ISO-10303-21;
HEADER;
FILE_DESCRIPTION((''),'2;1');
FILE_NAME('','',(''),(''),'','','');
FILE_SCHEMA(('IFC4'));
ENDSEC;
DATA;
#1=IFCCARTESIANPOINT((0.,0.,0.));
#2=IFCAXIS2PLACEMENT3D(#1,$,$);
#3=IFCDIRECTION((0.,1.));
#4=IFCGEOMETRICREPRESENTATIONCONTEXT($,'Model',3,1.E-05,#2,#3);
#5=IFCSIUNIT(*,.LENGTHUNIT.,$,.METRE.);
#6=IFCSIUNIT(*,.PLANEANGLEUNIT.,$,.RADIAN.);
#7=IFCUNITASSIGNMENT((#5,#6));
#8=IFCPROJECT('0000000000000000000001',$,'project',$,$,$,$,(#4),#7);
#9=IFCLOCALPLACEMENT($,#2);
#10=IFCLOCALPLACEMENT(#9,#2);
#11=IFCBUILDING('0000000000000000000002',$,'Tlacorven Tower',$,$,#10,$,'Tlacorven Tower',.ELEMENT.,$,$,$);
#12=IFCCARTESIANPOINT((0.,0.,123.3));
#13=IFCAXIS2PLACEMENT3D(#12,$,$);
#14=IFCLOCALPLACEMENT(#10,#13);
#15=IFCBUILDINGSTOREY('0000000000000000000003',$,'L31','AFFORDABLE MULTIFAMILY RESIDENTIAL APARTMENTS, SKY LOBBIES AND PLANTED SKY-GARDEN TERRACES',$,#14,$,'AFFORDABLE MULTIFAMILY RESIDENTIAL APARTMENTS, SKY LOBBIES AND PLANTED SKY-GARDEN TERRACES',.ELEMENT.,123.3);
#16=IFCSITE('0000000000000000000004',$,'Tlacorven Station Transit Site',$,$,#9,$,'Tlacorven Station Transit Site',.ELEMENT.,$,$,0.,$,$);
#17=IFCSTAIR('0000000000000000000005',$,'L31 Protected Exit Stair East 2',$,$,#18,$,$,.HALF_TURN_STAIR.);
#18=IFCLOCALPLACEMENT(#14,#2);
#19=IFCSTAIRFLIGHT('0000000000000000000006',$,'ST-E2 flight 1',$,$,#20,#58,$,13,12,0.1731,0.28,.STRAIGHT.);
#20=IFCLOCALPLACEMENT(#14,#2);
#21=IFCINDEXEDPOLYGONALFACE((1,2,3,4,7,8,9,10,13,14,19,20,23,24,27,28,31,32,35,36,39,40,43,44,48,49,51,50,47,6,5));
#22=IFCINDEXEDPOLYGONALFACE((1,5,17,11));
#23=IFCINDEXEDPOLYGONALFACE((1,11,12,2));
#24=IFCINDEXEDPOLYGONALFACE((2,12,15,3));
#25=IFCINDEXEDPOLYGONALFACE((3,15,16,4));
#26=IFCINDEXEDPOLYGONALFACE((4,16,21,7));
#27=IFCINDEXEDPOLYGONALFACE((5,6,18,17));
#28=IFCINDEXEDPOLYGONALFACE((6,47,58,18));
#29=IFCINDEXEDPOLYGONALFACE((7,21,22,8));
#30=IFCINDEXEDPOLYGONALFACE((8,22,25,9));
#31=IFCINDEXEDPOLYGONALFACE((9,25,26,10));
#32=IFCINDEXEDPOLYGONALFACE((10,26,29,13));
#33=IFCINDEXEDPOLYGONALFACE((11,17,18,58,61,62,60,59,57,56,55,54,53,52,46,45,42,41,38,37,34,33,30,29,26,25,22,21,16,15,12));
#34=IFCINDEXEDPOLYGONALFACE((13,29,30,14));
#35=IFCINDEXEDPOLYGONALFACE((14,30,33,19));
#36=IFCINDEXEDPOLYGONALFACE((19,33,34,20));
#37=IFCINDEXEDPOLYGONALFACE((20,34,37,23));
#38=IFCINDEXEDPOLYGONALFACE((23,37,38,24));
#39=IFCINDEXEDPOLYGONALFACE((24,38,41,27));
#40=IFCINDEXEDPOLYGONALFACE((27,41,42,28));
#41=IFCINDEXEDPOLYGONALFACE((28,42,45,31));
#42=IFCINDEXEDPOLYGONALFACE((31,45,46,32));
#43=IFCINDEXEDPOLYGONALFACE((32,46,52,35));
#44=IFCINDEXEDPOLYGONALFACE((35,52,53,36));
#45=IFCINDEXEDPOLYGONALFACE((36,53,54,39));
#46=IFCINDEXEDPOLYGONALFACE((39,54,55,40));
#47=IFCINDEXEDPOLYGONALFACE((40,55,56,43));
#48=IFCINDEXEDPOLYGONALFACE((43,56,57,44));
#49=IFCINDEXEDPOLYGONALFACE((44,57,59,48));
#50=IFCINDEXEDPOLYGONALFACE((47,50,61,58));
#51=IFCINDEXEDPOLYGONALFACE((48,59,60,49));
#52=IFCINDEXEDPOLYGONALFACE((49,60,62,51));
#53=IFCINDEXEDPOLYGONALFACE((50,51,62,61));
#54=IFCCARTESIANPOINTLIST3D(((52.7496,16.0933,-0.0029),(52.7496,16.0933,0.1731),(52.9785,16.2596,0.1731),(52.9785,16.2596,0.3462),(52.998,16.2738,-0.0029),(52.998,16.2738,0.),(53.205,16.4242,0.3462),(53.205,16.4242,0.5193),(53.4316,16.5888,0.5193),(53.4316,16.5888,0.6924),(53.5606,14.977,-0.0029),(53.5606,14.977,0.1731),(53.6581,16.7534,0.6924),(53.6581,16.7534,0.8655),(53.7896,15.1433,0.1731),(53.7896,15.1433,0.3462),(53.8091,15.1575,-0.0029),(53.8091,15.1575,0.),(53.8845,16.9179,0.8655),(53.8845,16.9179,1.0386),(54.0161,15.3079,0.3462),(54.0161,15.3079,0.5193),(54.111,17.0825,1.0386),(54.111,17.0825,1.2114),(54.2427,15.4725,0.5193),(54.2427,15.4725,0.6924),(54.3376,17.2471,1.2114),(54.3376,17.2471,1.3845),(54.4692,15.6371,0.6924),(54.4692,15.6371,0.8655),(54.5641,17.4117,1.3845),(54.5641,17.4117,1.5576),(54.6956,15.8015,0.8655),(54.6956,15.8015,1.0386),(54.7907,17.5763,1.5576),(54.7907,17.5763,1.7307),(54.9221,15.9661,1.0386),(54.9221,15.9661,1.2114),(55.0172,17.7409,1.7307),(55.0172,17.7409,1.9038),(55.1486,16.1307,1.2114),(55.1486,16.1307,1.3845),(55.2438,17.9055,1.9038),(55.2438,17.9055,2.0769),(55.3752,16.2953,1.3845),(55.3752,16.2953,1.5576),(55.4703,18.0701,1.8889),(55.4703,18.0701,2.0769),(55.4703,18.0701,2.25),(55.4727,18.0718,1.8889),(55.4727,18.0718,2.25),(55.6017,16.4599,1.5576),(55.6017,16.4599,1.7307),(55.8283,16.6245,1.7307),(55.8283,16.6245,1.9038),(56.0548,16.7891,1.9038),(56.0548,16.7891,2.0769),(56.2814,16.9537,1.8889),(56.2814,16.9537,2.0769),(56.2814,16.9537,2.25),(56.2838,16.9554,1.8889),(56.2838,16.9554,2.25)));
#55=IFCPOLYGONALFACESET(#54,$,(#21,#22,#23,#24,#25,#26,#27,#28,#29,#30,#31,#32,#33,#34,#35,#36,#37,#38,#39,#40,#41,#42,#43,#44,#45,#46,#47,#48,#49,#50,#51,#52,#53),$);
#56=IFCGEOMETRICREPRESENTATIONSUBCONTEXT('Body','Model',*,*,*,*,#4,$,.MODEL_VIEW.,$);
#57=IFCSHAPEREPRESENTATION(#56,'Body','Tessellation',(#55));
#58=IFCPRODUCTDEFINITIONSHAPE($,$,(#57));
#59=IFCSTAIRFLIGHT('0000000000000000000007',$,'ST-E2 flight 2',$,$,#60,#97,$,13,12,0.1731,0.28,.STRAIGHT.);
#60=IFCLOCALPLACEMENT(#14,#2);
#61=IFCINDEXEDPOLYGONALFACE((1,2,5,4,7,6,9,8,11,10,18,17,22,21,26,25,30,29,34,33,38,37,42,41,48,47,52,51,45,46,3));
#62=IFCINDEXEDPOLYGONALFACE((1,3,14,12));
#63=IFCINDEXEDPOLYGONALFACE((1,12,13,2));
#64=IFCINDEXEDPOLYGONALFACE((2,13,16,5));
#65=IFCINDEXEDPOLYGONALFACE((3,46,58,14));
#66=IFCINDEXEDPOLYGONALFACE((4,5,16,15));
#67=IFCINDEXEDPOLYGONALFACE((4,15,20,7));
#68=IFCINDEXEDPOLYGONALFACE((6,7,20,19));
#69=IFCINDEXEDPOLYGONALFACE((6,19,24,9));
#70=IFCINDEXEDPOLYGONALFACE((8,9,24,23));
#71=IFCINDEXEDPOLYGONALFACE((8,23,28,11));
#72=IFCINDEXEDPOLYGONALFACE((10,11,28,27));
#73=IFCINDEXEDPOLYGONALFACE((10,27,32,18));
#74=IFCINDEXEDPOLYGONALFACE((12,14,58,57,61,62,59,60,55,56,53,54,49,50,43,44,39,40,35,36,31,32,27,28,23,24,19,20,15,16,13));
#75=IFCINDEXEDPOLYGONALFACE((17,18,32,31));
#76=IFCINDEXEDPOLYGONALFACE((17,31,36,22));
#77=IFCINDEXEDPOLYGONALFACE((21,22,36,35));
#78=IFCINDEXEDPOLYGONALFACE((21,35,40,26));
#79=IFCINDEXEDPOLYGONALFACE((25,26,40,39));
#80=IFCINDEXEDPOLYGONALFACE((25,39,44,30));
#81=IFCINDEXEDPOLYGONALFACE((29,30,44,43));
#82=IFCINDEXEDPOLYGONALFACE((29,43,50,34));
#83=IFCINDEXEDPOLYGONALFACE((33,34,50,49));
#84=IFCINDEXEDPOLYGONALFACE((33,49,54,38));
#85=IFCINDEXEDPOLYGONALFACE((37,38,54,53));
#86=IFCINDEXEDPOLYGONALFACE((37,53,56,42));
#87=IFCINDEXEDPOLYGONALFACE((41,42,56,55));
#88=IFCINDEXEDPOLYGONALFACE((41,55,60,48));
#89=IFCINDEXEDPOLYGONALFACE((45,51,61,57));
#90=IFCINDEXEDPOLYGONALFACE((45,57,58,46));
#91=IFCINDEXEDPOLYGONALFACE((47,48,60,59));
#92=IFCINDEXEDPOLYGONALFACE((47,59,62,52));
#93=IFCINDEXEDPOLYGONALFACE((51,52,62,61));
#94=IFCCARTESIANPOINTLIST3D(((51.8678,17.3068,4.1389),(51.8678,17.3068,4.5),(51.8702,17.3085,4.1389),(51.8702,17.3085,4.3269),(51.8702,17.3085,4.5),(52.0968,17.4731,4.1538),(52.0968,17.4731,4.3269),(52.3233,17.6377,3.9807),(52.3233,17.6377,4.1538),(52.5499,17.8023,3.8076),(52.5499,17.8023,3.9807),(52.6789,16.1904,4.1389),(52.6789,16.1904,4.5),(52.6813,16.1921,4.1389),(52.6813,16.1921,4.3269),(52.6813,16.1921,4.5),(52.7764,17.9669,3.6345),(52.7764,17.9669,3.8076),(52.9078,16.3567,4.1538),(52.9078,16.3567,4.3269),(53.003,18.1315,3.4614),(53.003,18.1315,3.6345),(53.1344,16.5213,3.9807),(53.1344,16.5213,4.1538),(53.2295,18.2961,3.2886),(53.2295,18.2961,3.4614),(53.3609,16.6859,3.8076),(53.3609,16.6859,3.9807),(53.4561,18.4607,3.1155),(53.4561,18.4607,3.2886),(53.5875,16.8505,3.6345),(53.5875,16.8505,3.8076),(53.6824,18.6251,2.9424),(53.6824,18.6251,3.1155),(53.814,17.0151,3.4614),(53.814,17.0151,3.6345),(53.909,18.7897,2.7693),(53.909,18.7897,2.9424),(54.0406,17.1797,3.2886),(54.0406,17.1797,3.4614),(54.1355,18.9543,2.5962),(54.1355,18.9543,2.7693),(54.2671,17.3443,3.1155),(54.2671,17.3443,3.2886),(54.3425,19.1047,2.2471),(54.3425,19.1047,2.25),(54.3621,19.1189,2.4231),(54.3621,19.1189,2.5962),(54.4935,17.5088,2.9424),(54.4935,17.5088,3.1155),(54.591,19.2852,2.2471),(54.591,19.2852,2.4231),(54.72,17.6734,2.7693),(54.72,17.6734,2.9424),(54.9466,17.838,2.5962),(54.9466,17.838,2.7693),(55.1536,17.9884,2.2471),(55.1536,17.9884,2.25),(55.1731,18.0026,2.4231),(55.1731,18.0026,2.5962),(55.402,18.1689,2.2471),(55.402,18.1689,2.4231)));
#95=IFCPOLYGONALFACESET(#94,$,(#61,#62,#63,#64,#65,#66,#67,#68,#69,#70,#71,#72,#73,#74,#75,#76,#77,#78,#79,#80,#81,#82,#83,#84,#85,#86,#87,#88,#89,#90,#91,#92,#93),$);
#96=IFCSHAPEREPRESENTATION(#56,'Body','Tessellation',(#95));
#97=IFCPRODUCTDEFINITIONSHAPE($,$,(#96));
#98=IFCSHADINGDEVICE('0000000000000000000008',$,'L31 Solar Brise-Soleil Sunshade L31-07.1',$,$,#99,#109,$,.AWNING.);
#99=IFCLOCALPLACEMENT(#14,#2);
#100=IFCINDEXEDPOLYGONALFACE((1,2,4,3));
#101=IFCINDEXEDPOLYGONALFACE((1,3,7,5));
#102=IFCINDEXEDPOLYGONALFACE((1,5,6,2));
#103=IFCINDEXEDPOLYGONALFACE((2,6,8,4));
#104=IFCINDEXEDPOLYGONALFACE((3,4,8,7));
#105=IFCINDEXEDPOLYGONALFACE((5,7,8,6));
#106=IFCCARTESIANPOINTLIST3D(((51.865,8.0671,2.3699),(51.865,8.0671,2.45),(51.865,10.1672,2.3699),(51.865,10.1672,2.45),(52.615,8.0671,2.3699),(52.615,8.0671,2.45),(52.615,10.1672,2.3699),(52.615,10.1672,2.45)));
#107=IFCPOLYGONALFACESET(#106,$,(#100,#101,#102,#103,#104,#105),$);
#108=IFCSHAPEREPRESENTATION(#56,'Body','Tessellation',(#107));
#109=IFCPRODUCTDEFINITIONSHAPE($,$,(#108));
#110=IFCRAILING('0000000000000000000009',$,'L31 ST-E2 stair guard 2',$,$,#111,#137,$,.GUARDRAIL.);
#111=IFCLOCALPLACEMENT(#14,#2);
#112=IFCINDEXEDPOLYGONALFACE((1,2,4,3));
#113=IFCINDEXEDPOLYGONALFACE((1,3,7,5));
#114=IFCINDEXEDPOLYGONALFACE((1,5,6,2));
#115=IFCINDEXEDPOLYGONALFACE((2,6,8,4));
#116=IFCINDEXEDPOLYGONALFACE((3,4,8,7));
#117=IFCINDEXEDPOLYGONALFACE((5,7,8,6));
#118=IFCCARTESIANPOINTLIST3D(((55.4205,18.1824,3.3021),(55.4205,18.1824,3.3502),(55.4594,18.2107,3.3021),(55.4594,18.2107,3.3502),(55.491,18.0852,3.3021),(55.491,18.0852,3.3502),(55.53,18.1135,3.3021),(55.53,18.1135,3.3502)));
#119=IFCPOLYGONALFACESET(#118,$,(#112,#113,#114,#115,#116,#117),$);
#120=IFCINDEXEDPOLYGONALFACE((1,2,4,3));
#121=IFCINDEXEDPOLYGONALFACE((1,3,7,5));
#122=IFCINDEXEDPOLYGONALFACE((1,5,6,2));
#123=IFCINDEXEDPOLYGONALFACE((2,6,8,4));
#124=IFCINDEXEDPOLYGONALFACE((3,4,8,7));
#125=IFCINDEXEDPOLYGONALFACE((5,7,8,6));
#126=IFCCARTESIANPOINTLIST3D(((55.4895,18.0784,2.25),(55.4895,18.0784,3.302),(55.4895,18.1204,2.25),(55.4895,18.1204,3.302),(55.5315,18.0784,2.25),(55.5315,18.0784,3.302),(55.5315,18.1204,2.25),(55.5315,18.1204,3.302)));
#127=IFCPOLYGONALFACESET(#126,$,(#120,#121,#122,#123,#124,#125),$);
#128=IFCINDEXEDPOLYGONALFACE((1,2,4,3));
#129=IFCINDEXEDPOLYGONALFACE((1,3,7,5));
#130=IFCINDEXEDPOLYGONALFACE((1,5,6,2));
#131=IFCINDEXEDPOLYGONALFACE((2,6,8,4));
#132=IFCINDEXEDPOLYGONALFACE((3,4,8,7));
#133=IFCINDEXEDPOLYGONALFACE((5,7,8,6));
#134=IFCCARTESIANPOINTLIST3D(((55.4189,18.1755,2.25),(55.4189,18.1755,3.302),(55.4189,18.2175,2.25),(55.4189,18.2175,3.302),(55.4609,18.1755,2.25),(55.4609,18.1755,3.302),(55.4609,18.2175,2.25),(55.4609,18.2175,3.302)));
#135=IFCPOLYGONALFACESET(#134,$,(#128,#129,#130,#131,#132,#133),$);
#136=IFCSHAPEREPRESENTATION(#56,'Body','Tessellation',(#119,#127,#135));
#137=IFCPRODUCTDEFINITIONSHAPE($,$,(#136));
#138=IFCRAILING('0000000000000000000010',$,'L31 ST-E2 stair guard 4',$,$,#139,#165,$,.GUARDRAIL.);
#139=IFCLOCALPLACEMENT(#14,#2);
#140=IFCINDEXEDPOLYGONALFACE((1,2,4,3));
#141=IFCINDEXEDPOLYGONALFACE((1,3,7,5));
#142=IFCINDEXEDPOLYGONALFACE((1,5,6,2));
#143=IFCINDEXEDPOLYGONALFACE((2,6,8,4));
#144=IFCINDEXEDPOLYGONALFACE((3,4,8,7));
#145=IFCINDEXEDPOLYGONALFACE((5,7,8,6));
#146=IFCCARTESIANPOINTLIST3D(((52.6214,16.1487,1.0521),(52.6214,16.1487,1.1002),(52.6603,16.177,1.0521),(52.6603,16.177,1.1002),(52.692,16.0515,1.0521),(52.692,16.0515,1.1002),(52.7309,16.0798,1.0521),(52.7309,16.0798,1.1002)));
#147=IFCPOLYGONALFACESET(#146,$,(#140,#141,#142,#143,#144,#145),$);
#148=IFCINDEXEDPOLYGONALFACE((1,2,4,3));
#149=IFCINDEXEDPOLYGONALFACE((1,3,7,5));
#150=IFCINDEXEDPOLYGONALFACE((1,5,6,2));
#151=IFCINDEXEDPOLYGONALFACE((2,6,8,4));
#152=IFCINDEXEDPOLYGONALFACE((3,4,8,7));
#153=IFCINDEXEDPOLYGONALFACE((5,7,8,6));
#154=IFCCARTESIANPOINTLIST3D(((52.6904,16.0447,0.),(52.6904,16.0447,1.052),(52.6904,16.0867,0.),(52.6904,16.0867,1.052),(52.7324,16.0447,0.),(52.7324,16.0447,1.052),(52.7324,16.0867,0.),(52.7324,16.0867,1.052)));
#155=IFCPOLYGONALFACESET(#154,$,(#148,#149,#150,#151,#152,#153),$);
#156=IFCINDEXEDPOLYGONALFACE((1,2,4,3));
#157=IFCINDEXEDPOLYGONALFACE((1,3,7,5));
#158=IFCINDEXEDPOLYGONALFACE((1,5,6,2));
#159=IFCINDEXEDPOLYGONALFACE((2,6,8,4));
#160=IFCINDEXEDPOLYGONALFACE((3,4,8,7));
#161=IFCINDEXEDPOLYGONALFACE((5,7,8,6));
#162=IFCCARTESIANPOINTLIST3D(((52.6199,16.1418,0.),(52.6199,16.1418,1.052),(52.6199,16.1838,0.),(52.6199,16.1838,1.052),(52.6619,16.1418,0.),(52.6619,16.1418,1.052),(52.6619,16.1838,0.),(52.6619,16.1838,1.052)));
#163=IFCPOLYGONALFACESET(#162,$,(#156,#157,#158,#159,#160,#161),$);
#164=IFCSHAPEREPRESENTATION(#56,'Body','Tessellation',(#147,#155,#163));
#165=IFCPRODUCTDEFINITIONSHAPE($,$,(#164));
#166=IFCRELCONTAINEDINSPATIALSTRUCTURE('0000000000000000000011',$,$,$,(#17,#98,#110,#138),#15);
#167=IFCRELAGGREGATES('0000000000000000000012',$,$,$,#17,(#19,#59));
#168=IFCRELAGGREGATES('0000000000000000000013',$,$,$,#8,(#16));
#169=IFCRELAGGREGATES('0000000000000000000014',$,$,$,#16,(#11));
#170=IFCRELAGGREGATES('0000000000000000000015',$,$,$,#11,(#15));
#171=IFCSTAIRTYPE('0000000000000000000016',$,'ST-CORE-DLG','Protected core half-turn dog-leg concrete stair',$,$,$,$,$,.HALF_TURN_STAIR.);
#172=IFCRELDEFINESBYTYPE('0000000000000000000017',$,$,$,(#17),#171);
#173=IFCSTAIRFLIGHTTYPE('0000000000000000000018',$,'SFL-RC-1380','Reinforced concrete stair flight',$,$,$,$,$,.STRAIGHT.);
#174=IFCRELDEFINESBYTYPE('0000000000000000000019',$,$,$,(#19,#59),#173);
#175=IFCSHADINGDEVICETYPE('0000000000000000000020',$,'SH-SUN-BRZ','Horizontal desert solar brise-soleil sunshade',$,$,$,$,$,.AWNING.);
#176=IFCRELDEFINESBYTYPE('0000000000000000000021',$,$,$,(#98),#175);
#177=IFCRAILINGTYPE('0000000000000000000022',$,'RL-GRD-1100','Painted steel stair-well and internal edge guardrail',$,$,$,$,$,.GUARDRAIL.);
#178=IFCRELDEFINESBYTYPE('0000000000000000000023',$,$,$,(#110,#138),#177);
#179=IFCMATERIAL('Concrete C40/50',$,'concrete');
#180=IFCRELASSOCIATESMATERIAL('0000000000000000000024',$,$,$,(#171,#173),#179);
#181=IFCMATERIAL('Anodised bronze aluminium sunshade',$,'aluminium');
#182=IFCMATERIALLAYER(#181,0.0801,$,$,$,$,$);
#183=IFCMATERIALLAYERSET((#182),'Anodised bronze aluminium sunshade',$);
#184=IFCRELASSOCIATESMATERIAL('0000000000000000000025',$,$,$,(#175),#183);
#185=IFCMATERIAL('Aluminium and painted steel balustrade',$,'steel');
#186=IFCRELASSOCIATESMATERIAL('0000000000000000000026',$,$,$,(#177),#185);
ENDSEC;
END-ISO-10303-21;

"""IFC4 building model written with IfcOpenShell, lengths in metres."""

from ifc_helpers import new_model, si_unit, direction, frame, origin, origin_2d, place, context, subcontext, project, spatial, polyline, rectangle, outline, extrude, source, transform, mapped, material, layer, layer_set, type_object, element, aggregate, save


model = new_model("IFC4")

# Units and contexts
model_context = context("Model", 3, precision=1e-05, world=origin(), true_north=direction((0.0, 1.0)))
body_context = subcontext(model_context, "Body", "Model", "MODEL_VIEW")
ifc_project = project(units=[si_unit("LENGTHUNIT", "METRE"), si_unit("PLANEANGLEUNIT", "RADIAN")], contexts=[model_context])

# Site, building, storey
site_placement = place(None, origin())
site = spatial("IfcSite", under=ifc_project, at=site_placement, Name="Tlacorven Station Transit Site", LongName="Tlacorven Station Transit Site", CompositionType="ELEMENT", RefElevation=0.0)
building_placement = place(site_placement, origin())
building = spatial("IfcBuilding", under=site, at=building_placement, Name="Tlacorven Tower", LongName="Tlacorven Tower", CompositionType="ELEMENT")
storey_placement = place(building_placement, frame((0.0, 0.0, 123.3)))
storey = spatial("IfcBuildingStorey", under=building, at=storey_placement, Name="L31", Description="AFFORDABLE MULTIFAMILY RESIDENTIAL APARTMENTS, SKY LOBBIES AND PLANTED SKY-GARDEN TERRACES", LongName="AFFORDABLE MULTIFAMILY RESIDENTIAL APARTMENTS, SKY LOBBIES AND PLANTED SKY-GARDEN TERRACES", CompositionType="ELEMENT", Elevation=123.3)

# Stair, stair flights
ifc_material_1 = material(Name="Concrete C40/50", Category="concrete")
stair_type = type_object("IfcStairType", Name="ST-CORE-DLG", Description="Protected core half-turn dog-leg concrete stair", PredefinedType="HALF_TURN_STAIR", material=ifc_material_1)
stair_placement = place(storey_placement, origin())
stair = element("IfcStair", 1, at=stair_placement, inside=storey, type_object=stair_type, Name="L31 Protected Exit Stair East 2", PredefinedType="HALF_TURN_STAIR")
stair_flight_type = type_object("IfcStairFlightType", Name="SFL-RC-1380", Description="Reinforced concrete stair flight", PredefinedType="STRAIGHT", material=ifc_material_1)
shared_shape_1 = source(origin(), body_context, "Body", "SweptSolid", [
    extrude(outline(polyline([(-0.0029, -0.0029), (-0.0029, 0.1731), (0.28, 0.1731), (0.28, 0.3462), (0.5601, 0.3462), (0.5601, 0.5193), (0.8401, 0.5193), (0.8401, 0.6924), (1.1201, 0.6924), (1.1201, 0.8655), (1.3999, 0.8655), (1.3999, 1.0386), (1.6799, 1.0386), (1.6799, 1.2114), (1.96, 1.2114), (1.96, 1.3845), (2.24, 1.3845), (2.24, 1.5576), (2.52, 1.5576), (2.52, 1.7307), (2.8, 1.7307), (2.8, 1.9038), (3.0801, 1.9038), (3.0801, 2.0769), (3.3601, 2.0769), (3.3601, 2.25), (3.363, 2.25), (3.363, 1.8889), (3.3601, 1.8889), (0.3042, 0.0), (0.3042, -0.0029), (-0.0029, -0.0029)])), frame((0.0, 0.6899, 0.0), z_axis=(0.0, -1.0, 0.0), x_axis=(1.0, 0.0, 0.0)), (0.0, 0.0, 1.0), 1.3799),
])
stair_flight_1_placement = place(storey_placement, frame((53.1575, 15.5369, 0.0), z_axis=(0.0, 0.0, 1.0), x_axis=(0.809017, 0.587785, 0.0)))
stair_flight_1 = element("IfcStairFlight", 2, at=stair_flight_1_placement, type_object=stair_flight_type, Name="ST-E2 flight 1", NumberOfRisers=13, NumberOfTreads=12, PredefinedType="STRAIGHT", RiserHeight=0.1731, TreadLength=0.28, context=body_context, shape_type="MappedRepresentation", body=[
    mapped(shared_shape_1, transform((0.0, 0.0, 0.0), scale=1.0)),
])
stair_flight_2_placement = place(storey_placement, frame((54.9941, 18.7253, 2.25), z_axis=(0.0, 0.0, 1.0), x_axis=(-0.809017, -0.587785, 0.0)))
stair_flight_2 = element("IfcStairFlight", 3, at=stair_flight_2_placement, type_object=stair_flight_type, Name="ST-E2 flight 2", NumberOfRisers=13, NumberOfTreads=12, PredefinedType="STRAIGHT", RiserHeight=0.1731, TreadLength=0.28, context=body_context, shape_type="MappedRepresentation", body=[
    mapped(shared_shape_1, transform((0.0, 0.0, 0.0), scale=1.0)),
])
aggregate(stair, [stair_flight_1, stair_flight_2])

# Shading device
ifc_material_2 = material(Name="Anodised bronze aluminium sunshade", Category="aluminium")
ifc_layer_1 = layer(ifc_material_2, 0.0801)
ifc_layer_set_1 = layer_set([ifc_layer_1], Name="Anodised bronze aluminium sunshade")
shading_device_type = type_object("IfcShadingDeviceType", Name="SH-SUN-BRZ", Description="Horizontal desert solar brise-soleil sunshade", PredefinedType="AWNING", material=ifc_layer_set_1)
shared_shape_2 = source(origin(), body_context, "Body", "SweptSolid", [
    extrude(rectangle(XDim=2.1001, YDim=0.75, at=origin_2d()), origin(), (0.0, 0.0, 1.0), 0.0801),
])
shading_device_placement = place(storey_placement, frame((52.24, 9.1172, 2.3699), z_axis=(0.0, 0.0, 1.0), x_axis=(0.0, -1.0, 0.0)))
element("IfcShadingDevice", 4, at=shading_device_placement, inside=storey, type_object=shading_device_type, Name="L31 Solar Brise-Soleil Sunshade L31-07.1", PredefinedType="AWNING", context=body_context, shape_type="MappedRepresentation", body=[
    mapped(shared_shape_2, transform((0.0, 0.0, 0.0), scale=1.0)),
])

# Railings
ifc_material_3 = material(Name="Aluminium and painted steel balustrade", Category="steel")
railing_type_1 = type_object("IfcRailingType", Name="RL-GRD-1100", Description="Painted steel stair-well and internal edge guardrail", PredefinedType="GUARDRAIL", material=ifc_material_3)
shared_shape_3 = source(origin(), body_context, "Body", "SweptSolid", [
    extrude(rectangle(XDim=0.0481, YDim=0.0481, at=origin_2d()), frame((0.0, 0.0, 1.0762), z_axis=(-0.587567, 0.809175, 0.0), x_axis=(-0.809175, -0.587567, 0.0)), (0.0, 0.0, 1.0), 0.1201),
    extrude(rectangle(XDim=0.042, YDim=0.042, at=origin_2d()), origin(), (0.0, 0.0, 1.0), 1.052),
    extrude(rectangle(XDim=0.042, YDim=0.042, at=origin_2d()), frame((-0.0706, 0.0972, 0.0)), (0.0, 0.0, 1.0), 1.052),
])
for number, where, name in (
    (5, (55.5105, 18.0994, 2.25), "L31 ST-E2 stair guard 2"),
    (6, (52.7114, 16.0657, 0.0), "L31 ST-E2 stair guard 4"),
):
    element("IfcRailing", number, at=place(storey_placement, frame(where)), inside=storey, type_object=railing_type_1, Name=name, PredefinedType="GUARDRAIL", context=body_context, shape_type="MappedRepresentation", body=[
        mapped(shared_shape_3, transform((0.0, 0.0, 0.0), scale=1.0)),
    ])

save(model, "model.ifc")
